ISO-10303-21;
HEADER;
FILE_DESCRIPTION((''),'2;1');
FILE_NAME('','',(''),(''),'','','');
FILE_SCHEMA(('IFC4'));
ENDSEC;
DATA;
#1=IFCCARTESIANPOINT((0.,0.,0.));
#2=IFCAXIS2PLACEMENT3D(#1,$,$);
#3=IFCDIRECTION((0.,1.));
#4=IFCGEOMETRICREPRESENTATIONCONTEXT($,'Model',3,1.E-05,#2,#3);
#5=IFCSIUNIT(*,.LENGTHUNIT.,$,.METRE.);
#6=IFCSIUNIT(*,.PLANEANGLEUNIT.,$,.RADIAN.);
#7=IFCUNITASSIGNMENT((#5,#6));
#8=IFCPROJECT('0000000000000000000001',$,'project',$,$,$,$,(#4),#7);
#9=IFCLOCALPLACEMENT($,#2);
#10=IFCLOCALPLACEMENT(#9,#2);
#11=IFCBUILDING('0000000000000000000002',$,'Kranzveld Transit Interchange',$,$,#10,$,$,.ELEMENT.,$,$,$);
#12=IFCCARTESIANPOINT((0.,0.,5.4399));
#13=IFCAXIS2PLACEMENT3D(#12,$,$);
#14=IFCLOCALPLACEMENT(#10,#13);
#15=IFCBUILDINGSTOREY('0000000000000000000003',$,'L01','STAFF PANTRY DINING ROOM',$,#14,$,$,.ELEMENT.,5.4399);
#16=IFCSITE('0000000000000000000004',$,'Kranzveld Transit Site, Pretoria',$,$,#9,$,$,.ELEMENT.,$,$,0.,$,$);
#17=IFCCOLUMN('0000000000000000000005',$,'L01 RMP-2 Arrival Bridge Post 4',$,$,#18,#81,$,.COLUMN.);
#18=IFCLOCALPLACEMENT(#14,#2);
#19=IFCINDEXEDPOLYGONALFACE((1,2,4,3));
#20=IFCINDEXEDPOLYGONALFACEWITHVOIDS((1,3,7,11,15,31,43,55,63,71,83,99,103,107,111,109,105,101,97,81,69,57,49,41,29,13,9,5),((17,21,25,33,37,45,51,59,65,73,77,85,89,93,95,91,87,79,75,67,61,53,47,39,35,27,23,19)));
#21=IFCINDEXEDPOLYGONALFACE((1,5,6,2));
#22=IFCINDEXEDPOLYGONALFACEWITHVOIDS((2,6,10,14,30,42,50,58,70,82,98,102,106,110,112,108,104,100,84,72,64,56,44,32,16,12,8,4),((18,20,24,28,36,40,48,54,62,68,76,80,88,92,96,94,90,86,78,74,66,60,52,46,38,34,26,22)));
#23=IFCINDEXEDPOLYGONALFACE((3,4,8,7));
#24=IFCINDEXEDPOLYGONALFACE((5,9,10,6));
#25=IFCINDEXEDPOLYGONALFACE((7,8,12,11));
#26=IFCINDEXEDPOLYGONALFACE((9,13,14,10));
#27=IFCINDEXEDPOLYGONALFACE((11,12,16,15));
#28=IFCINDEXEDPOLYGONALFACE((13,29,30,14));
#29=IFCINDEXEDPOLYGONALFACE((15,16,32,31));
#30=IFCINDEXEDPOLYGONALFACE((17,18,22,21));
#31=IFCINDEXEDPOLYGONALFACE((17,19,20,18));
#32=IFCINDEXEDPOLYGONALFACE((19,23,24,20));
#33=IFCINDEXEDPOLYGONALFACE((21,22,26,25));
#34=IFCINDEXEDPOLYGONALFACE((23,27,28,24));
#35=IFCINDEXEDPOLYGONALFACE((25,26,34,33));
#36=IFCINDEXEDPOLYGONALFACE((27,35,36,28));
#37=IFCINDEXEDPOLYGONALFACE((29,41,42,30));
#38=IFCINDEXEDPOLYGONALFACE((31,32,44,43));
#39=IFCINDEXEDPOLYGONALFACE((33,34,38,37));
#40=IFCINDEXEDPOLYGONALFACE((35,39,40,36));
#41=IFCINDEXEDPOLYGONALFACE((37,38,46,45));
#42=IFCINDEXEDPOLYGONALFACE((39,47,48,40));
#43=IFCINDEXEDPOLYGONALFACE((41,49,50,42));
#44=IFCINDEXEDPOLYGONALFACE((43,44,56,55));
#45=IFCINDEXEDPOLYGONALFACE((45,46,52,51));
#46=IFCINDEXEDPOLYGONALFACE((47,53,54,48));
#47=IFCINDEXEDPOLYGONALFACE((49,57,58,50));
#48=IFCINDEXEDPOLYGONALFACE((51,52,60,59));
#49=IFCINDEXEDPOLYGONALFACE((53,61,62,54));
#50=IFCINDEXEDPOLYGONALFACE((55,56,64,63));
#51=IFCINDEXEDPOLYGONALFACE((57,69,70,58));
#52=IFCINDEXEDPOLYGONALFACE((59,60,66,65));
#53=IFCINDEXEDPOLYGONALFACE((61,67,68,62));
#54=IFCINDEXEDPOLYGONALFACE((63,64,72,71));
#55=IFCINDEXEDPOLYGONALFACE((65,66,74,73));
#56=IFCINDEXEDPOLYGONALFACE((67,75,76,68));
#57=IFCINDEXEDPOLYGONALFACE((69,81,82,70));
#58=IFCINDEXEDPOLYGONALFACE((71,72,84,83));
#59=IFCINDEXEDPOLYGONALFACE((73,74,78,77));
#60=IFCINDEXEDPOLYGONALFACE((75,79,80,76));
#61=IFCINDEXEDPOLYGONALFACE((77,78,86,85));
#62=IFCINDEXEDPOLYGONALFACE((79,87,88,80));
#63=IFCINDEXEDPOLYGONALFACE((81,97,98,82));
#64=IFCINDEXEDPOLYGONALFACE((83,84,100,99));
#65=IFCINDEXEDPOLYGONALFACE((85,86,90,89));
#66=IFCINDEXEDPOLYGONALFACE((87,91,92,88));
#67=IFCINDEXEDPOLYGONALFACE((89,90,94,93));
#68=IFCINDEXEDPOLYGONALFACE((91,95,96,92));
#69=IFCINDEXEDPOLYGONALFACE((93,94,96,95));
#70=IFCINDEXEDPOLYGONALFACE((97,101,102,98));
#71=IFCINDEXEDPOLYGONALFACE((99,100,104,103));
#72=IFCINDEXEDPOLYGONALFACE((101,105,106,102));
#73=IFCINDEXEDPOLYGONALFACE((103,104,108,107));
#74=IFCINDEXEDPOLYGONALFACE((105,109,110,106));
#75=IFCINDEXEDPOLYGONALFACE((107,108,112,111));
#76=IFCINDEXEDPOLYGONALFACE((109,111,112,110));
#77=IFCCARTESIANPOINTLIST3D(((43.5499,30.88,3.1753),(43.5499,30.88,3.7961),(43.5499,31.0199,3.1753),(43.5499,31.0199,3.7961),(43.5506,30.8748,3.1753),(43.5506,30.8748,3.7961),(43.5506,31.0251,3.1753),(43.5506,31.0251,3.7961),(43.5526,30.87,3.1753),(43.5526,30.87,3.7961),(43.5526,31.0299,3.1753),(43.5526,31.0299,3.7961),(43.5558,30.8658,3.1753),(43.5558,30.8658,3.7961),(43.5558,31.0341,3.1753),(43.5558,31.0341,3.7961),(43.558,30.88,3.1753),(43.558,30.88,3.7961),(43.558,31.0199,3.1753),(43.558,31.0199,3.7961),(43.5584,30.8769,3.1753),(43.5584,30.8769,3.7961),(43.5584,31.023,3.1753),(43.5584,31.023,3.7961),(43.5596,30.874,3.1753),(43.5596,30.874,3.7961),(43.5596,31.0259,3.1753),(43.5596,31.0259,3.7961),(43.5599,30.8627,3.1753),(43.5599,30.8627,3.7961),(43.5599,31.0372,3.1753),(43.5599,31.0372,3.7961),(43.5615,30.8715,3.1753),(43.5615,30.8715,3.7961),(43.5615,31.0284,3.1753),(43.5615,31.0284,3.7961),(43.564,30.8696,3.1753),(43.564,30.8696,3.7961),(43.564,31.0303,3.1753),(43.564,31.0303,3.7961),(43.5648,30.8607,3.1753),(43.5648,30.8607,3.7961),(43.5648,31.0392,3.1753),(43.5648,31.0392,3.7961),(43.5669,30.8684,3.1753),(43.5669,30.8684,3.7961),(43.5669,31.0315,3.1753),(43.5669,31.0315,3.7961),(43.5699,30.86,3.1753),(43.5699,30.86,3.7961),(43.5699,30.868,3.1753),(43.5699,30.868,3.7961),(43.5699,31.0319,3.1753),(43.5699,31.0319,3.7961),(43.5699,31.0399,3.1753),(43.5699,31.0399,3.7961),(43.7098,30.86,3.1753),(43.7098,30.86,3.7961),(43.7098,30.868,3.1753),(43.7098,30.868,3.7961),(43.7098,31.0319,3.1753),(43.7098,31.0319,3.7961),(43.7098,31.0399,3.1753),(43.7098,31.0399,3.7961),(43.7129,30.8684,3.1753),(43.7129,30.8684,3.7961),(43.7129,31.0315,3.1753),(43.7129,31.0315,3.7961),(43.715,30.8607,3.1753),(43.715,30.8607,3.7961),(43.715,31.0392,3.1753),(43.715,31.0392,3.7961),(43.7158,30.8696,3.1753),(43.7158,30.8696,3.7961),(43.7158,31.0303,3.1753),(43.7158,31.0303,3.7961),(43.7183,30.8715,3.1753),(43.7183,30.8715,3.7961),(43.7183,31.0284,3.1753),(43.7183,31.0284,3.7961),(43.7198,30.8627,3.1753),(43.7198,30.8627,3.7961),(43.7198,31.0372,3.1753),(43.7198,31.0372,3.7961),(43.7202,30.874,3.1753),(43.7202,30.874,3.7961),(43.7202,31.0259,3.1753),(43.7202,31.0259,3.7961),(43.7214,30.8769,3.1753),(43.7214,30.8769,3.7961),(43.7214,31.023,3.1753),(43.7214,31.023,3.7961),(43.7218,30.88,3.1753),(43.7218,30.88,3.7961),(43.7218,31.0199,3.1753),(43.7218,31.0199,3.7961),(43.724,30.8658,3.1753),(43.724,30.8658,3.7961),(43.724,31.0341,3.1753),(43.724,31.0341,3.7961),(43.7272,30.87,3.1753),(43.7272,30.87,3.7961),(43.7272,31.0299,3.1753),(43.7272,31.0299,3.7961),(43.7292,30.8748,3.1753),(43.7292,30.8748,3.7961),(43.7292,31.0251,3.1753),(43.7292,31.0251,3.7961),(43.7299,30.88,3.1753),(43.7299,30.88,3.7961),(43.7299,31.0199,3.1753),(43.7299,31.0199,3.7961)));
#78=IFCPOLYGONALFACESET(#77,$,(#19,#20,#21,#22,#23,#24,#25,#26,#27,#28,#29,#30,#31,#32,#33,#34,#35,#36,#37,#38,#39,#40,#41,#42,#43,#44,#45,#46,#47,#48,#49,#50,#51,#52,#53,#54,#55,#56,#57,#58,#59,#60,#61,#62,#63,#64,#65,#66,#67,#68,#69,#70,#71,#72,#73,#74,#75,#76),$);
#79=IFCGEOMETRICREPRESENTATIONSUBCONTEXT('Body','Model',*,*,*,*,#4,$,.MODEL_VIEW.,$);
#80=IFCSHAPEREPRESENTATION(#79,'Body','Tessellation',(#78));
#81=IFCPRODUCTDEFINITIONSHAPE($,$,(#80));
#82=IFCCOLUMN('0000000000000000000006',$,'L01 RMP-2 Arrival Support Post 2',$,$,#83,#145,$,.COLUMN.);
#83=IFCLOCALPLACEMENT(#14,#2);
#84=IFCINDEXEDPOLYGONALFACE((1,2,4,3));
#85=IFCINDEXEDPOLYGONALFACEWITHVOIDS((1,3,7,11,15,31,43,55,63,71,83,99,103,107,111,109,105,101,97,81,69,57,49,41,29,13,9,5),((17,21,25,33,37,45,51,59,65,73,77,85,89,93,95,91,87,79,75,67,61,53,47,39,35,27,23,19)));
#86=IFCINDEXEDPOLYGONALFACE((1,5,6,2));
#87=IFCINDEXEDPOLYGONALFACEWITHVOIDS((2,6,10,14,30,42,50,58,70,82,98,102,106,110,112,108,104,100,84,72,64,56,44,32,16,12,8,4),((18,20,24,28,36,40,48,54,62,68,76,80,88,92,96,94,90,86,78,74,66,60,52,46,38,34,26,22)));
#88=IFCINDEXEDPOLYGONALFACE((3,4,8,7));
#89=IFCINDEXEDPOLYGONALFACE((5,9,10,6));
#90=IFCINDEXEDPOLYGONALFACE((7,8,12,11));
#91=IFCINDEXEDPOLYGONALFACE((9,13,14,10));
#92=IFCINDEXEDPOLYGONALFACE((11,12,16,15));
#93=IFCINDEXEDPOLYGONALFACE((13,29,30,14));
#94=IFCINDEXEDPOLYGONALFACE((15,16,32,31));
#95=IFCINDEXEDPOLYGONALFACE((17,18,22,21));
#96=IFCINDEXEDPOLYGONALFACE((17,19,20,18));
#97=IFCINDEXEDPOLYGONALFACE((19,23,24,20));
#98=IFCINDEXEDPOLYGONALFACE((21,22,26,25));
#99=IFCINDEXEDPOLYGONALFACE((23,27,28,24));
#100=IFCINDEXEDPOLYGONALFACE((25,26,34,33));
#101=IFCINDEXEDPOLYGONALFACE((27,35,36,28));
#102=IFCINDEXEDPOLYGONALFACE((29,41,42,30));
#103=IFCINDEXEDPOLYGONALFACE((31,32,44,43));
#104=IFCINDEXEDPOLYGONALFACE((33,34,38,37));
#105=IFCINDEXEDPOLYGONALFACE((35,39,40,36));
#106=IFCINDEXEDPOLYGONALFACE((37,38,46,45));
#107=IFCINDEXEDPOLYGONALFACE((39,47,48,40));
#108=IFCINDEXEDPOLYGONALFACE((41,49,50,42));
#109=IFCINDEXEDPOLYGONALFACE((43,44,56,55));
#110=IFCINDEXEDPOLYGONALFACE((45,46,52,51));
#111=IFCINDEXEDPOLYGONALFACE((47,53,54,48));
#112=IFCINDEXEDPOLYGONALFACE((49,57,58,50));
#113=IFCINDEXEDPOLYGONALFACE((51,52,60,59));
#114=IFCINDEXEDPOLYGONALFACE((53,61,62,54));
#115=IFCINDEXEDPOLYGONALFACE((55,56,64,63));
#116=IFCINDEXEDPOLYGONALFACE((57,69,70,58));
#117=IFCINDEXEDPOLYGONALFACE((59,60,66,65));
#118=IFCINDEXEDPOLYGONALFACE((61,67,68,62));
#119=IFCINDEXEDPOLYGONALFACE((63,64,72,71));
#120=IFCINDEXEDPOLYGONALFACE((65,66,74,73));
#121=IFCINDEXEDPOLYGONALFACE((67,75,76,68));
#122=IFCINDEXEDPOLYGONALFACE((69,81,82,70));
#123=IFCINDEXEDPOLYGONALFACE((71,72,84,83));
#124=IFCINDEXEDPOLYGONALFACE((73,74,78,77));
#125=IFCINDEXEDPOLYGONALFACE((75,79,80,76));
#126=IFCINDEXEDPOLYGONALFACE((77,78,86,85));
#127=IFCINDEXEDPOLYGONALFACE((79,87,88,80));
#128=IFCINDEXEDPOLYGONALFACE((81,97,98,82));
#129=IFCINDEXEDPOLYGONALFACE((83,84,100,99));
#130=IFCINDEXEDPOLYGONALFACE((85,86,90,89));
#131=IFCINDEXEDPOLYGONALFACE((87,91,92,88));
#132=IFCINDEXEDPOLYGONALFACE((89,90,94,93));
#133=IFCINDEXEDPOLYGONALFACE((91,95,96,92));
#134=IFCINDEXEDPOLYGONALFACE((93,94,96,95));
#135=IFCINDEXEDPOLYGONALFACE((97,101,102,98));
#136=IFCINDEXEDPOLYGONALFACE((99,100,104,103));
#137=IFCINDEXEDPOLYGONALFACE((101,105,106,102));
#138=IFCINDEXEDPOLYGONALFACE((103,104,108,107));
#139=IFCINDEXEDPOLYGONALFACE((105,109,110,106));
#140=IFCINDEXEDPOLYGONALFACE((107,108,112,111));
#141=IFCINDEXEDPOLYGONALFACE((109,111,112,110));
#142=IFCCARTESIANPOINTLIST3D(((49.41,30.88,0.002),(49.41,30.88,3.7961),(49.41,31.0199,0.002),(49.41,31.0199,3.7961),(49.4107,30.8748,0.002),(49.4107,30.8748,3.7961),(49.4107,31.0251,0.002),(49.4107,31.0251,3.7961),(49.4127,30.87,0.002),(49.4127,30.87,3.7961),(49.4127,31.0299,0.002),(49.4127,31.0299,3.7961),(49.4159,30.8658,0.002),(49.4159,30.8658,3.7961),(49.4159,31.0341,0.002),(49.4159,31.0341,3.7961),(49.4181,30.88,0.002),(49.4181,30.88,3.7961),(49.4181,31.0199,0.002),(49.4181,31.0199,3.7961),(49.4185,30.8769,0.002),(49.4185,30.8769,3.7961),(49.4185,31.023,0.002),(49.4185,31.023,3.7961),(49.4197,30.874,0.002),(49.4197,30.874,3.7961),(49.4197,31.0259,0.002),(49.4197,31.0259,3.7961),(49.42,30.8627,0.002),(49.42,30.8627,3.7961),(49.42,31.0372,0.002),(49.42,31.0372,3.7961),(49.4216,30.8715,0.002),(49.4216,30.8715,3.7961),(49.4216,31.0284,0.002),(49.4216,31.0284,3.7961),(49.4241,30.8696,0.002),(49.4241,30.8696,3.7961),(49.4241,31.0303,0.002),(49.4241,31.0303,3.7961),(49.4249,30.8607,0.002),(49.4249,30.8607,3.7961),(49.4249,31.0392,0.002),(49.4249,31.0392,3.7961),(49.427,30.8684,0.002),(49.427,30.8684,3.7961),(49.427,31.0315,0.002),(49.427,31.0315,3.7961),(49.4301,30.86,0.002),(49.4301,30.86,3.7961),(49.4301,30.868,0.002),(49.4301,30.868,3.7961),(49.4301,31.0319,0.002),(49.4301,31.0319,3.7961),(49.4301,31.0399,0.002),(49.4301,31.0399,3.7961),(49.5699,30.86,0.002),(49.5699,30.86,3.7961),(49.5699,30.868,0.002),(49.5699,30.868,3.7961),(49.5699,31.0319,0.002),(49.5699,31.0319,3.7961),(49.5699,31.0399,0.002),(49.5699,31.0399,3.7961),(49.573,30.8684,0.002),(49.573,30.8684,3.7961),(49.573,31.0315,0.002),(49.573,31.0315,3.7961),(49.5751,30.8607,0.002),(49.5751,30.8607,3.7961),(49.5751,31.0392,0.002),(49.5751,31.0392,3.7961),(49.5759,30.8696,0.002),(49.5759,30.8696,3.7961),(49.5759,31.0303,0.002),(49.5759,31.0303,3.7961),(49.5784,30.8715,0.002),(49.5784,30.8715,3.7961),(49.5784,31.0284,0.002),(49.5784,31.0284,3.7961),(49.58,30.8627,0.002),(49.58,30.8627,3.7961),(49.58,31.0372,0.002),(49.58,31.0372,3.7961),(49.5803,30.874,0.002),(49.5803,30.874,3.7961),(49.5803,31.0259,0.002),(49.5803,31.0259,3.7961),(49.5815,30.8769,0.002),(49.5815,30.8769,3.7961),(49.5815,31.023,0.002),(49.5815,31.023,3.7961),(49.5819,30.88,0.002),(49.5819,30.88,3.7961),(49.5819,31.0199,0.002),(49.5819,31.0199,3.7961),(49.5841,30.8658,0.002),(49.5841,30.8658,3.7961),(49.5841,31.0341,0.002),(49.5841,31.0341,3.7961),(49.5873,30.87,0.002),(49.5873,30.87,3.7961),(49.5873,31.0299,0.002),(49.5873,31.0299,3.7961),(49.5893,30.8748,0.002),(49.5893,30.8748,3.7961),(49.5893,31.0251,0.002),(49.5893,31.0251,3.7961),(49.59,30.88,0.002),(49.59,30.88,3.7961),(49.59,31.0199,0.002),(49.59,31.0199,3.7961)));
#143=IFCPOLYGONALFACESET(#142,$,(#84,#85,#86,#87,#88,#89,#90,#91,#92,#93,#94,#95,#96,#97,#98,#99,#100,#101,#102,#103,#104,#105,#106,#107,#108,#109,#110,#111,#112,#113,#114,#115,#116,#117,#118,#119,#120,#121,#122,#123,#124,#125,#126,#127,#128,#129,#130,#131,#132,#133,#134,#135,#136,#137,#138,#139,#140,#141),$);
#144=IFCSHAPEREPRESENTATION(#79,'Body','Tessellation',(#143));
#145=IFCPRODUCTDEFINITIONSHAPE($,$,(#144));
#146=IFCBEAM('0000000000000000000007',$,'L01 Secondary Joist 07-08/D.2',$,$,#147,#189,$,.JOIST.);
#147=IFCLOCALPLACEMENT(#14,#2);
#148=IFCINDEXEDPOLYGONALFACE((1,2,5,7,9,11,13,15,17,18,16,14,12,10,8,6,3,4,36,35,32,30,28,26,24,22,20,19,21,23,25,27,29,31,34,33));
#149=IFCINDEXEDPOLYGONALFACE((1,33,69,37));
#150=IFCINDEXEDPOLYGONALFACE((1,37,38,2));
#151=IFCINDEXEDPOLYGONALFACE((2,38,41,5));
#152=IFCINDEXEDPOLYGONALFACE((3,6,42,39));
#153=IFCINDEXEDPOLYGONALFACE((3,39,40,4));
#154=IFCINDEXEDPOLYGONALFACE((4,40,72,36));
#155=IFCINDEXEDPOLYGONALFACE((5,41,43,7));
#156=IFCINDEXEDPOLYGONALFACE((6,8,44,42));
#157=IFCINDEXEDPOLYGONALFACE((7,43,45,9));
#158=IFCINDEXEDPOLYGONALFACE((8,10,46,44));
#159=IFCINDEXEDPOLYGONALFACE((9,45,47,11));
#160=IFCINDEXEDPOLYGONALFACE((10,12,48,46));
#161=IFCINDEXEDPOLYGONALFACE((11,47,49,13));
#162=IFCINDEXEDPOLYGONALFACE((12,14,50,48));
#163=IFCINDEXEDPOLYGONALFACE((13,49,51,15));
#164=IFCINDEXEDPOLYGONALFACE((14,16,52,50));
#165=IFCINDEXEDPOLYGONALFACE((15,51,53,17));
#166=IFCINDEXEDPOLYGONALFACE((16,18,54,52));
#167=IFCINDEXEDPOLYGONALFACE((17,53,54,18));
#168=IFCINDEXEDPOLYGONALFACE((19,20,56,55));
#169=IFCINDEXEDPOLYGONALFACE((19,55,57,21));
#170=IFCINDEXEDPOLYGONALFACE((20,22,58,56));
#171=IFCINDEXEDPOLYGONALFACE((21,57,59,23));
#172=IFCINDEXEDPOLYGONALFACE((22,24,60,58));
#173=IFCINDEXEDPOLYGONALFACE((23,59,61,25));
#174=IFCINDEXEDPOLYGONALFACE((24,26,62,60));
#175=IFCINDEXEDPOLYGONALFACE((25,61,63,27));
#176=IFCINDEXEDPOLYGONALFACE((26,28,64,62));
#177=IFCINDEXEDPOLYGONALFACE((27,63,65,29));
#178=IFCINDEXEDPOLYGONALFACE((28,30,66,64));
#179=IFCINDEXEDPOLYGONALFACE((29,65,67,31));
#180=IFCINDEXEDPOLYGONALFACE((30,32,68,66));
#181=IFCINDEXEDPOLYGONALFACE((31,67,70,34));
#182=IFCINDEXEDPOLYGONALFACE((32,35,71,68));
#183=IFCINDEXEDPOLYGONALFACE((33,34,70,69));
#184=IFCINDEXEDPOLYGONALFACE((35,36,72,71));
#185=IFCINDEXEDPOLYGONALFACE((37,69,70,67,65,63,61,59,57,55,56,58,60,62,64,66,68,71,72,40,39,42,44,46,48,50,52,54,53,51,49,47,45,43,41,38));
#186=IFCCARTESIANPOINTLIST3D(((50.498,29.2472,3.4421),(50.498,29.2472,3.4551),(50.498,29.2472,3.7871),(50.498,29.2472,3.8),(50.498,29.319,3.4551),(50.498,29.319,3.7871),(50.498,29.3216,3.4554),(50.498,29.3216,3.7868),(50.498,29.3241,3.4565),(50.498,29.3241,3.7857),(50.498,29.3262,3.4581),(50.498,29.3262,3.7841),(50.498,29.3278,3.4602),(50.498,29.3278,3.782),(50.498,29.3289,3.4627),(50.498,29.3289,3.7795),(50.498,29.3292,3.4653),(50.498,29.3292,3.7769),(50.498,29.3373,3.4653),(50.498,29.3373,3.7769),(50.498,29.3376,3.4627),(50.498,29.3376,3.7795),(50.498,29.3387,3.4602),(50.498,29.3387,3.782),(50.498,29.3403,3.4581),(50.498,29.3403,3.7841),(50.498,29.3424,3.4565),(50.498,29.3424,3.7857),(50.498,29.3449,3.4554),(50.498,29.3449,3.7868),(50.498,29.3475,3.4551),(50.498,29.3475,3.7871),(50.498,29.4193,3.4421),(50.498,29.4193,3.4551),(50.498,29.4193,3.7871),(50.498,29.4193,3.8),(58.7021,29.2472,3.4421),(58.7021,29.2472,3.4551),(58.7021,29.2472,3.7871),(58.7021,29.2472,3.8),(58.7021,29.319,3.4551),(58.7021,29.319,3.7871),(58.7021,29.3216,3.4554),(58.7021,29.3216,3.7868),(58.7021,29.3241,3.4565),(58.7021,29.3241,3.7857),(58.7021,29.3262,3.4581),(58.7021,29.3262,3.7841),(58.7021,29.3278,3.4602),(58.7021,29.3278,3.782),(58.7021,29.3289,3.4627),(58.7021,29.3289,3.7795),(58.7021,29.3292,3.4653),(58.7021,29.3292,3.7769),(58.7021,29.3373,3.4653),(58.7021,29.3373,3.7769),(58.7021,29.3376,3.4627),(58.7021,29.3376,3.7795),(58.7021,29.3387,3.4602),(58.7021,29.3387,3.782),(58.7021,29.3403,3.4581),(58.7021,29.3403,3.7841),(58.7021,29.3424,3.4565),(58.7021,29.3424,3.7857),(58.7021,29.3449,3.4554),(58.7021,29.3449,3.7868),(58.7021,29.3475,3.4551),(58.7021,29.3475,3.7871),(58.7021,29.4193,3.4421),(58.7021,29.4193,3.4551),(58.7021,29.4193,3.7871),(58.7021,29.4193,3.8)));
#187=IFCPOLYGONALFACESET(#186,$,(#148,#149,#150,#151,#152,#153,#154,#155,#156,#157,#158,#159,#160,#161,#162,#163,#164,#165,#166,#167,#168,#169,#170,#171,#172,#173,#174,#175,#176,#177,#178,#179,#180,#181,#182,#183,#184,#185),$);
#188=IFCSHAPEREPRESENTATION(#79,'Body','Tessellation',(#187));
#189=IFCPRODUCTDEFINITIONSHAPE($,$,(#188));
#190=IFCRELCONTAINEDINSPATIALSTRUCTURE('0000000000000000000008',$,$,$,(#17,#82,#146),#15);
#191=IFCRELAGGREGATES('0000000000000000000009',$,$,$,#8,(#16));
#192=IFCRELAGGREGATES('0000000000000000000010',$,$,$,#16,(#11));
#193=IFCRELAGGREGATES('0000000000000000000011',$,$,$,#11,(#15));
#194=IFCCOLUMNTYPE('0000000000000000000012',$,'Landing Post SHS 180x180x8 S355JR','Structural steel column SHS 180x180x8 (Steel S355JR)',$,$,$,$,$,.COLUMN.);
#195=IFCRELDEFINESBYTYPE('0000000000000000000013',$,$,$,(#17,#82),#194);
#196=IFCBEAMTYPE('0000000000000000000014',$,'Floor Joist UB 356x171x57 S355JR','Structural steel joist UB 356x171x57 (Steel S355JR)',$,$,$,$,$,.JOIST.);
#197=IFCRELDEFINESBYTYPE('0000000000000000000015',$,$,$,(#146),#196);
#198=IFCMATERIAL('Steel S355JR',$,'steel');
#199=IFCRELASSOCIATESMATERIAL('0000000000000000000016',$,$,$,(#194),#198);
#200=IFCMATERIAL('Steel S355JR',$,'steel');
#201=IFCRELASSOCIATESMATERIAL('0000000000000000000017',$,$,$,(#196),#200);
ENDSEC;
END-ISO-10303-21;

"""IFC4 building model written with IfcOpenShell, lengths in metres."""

from ifc_helpers import new_model, si_unit, direction, frame, origin, origin_2d, place, context, subcontext, project, spatial, hollow_rectangle, i_section, extrude, material, material_profile, profile_set, type_object, element, save


model = new_model("IFC4")

# Units and contexts
model_context = context("Model", 3, precision=1e-05, world=origin(), true_north=direction((0.0, 1.0)))
body_context = subcontext(model_context, "Body", "Model", "MODEL_VIEW")
ifc_project = project(units=[si_unit("LENGTHUNIT", "METRE"), si_unit("PLANEANGLEUNIT", "RADIAN")], contexts=[model_context])

# Site, building, storey
site_placement = place(None, origin())
site = spatial("IfcSite", under=ifc_project, at=site_placement, Name="Kranzveld Transit Site, Pretoria", CompositionType="ELEMENT", RefElevation=0.0)
building_placement = place(site_placement, origin())
building = spatial("IfcBuilding", under=site, at=building_placement, Name="Kranzveld Transit Interchange", CompositionType="ELEMENT")
storey_placement = place(building_placement, frame((0.0, 0.0, 5.4399)))
storey = spatial("IfcBuildingStorey", under=building, at=storey_placement, Name="L01", Description="STAFF PANTRY DINING ROOM", CompositionType="ELEMENT", Elevation=5.4399)

# Columns
ifc_material_1 = material(Name="Steel S355JR", Category="steel")
ifc_material_profile_1 = material_profile(ifc_material_1, hollow_rectangle(XDim=0.1799, YDim=0.1799, WallThickness=0.0081, InnerFilletRadius=0.012, OuterFilletRadius=0.02, at=origin_2d()), Name="SHS 180x180x8")
ifc_profile_set_1 = profile_set([ifc_material_profile_1], Name="Steel S355JR")
column_type = type_object("IfcColumnType", Name="Landing Post SHS 180x180x8 S355JR", Description="Structural steel column SHS 180x180x8 (Steel S355JR)", PredefinedType="COLUMN", material=ifc_profile_set_1)
column_1_placement = place(storey_placement, frame((43.6399, 30.95, 3.1753), z_axis=(0.0, 0.0, 1.0), x_axis=(1.0, 0.0, 0.0)))
element("IfcColumn", 1, at=column_1_placement, inside=storey, type_object=column_type, Name="L01 RMP-2 Arrival Bridge Post 4", PredefinedType="COLUMN", context=body_context, shape_type="SweptSolid", body=[
    extrude(hollow_rectangle(XDim=0.1799, YDim=0.1799, WallThickness=0.0081, InnerFilletRadius=0.012, OuterFilletRadius=0.02, at=origin_2d()), origin(), (0.0, 0.0, 1.0), 0.6208),
])
column_2_placement = place(storey_placement, frame((49.5, 30.95, 0.002), z_axis=(0.0, 0.0, 1.0), x_axis=(1.0, 0.0, 0.0)))
element("IfcColumn", 2, at=column_2_placement, inside=storey, type_object=column_type, Name="L01 RMP-2 Arrival Support Post 2", PredefinedType="COLUMN", context=body_context, shape_type="SweptSolid", body=[
    extrude(hollow_rectangle(XDim=0.1799, YDim=0.1799, WallThickness=0.0081, InnerFilletRadius=0.012, OuterFilletRadius=0.02, at=origin_2d()), origin(), (0.0, 0.0, 1.0), 3.7942),
])

# Beam
ifc_material_2 = material(Name="Steel S355JR", Category="steel")
ifc_material_profile_2 = material_profile(ifc_material_2, i_section(OverallWidth=0.1721, OverallDepth=0.3579, WebThickness=0.0081, FlangeThickness=0.0129, FilletRadius=0.0103, at=origin_2d()), Name="UB 356x171x57")
ifc_profile_set_2 = profile_set([ifc_material_profile_2], Name="Steel S355JR")
beam_type = type_object("IfcBeamType", Name="Floor Joist UB 356x171x57 S355JR", Description="Structural steel joist UB 356x171x57 (Steel S355JR)", PredefinedType="JOIST", material=ifc_profile_set_2)
beam_placement = place(storey_placement, frame((50.498, 29.3333, 3.6211), z_axis=(1.0, 0.0, 0.0), x_axis=(0.0, 1.0, 0.0)))
element("IfcBeam", 3, at=beam_placement, inside=storey, type_object=beam_type, Name="L01 Secondary Joist 07-08/D.2", PredefinedType="JOIST", context=body_context, shape_type="SweptSolid", body=[
    extrude(i_section(OverallWidth=0.1721, OverallDepth=0.3579, WebThickness=0.0081, FlangeThickness=0.0129, FilletRadius=0.0103, at=origin_2d()), origin(), (0.0, 0.0, 1.0), 8.2041),
])

save(model, "model.ifc")
